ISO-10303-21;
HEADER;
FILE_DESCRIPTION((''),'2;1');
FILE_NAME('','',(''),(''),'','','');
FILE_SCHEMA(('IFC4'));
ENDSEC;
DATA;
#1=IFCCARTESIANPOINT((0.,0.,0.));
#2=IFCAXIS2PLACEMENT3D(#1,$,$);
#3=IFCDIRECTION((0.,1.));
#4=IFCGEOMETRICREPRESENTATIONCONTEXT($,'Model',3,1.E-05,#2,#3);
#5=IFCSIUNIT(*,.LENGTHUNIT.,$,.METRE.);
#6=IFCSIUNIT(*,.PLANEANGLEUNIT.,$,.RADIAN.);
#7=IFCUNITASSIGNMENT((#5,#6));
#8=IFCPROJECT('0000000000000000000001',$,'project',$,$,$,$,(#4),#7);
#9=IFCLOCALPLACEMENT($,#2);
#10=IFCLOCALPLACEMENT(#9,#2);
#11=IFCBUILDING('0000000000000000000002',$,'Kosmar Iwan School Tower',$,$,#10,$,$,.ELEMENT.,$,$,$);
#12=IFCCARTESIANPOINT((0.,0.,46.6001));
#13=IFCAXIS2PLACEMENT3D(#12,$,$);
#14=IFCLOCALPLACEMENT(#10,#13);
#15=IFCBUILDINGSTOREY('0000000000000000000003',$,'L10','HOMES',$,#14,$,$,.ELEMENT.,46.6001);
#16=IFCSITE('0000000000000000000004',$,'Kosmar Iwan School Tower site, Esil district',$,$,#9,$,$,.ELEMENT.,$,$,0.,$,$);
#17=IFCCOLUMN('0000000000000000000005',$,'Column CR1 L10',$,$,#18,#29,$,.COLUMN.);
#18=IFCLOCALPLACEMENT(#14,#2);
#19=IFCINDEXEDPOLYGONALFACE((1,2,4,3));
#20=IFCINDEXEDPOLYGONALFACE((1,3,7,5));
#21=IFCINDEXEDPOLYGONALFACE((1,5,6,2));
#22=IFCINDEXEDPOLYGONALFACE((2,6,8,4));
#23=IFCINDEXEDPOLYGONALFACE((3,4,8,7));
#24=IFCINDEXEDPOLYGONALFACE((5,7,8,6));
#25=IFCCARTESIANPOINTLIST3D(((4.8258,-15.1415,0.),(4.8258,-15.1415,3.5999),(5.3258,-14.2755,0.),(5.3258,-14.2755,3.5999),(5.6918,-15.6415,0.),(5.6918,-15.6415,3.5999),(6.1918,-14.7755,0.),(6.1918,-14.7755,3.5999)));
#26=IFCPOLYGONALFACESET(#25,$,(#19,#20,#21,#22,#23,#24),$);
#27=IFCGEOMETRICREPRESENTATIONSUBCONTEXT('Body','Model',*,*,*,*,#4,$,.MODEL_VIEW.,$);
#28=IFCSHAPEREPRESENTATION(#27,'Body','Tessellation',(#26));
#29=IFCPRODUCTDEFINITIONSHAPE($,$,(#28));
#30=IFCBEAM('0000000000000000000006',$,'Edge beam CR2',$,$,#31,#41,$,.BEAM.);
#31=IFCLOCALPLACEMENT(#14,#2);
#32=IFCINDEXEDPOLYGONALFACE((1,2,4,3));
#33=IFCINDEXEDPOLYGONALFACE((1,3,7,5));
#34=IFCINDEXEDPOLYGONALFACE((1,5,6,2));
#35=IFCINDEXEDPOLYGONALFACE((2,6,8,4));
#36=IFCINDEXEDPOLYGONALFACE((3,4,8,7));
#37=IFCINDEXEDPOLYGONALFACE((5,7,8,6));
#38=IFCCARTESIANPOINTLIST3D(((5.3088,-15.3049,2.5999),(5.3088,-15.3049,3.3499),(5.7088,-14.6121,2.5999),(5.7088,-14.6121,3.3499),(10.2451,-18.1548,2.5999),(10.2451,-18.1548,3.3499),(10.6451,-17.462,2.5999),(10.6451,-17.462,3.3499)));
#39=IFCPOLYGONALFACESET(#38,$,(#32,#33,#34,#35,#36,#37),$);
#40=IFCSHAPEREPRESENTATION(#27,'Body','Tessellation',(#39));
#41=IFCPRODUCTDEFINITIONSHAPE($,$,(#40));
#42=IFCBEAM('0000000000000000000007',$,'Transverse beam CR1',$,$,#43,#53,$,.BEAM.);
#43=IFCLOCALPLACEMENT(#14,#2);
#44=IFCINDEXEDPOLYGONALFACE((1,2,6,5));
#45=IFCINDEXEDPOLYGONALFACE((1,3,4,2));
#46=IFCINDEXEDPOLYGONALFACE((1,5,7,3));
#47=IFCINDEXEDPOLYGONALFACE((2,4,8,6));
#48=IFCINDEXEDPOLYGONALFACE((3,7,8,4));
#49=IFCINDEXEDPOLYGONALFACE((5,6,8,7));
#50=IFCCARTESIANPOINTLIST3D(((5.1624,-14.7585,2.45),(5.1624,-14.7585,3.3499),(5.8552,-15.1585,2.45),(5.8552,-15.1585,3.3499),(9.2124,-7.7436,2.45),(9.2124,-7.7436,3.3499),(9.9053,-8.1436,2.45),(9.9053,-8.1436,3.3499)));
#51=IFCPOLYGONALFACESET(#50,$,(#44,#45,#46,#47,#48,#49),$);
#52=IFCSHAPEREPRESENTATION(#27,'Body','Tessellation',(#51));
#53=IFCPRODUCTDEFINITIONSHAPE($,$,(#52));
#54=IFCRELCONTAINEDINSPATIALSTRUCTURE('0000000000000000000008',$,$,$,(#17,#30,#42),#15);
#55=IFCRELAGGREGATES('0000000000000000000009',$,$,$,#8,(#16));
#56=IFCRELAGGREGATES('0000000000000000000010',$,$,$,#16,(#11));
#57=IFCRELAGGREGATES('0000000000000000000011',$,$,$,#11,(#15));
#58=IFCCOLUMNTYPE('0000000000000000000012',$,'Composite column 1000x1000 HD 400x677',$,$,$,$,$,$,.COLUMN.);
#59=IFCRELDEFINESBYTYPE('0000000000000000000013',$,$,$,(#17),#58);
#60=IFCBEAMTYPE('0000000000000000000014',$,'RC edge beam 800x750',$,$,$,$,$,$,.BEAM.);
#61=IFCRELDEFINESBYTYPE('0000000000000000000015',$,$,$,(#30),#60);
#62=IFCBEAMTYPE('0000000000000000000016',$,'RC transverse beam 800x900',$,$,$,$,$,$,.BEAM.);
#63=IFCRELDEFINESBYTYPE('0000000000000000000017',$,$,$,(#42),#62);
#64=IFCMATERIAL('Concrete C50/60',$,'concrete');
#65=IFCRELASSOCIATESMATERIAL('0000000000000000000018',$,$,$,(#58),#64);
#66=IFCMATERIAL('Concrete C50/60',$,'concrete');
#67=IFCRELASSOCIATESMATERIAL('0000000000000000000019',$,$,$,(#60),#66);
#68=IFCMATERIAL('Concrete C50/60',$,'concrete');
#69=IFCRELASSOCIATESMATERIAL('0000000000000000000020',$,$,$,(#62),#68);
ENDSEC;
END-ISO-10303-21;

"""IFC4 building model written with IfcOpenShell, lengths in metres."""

from ifc_helpers import new_model, si_unit, direction, frame, origin, origin_2d, place, context, subcontext, project, spatial, rectangle, extrude, material, material_profile, profile_set, type_object, element, save


model = new_model("IFC4")

# Units and contexts
model_context = context("Model", 3, precision=1e-05, world=origin(), true_north=direction((0.0, 1.0)))
body_context = subcontext(model_context, "Body", "Model", "MODEL_VIEW")
ifc_project = project(units=[si_unit("LENGTHUNIT", "METRE"), si_unit("PLANEANGLEUNIT", "RADIAN")], contexts=[model_context])

# Site, building, storey
site_placement = place(None, origin())
site = spatial("IfcSite", under=ifc_project, at=site_placement, Name="Kosmar Iwan School Tower site, Esil district", CompositionType="ELEMENT", RefElevation=0.0)
building_placement = place(site_placement, origin())
building = spatial("IfcBuilding", under=site, at=building_placement, Name="Kosmar Iwan School Tower", CompositionType="ELEMENT")
storey_placement = place(building_placement, frame((0.0, 0.0, 46.6001)))
storey = spatial("IfcBuildingStorey", under=building, at=storey_placement, Name="L10", Description="HOMES", CompositionType="ELEMENT", Elevation=46.6001)

# Column
ifc_material_1 = material(Name="Concrete C50/60", Category="concrete")
ifc_material_profile_1 = material_profile(ifc_material_1, rectangle(XDim=1.0, YDim=1.0, at=origin_2d()), Name="RC 1000x1000 + HD 400x677")
ifc_profile_set_1 = profile_set([ifc_material_profile_1], Name="Concrete C50/60")
column_type = type_object("IfcColumnType", Name="Composite column 1000x1000 HD 400x677", PredefinedType="COLUMN", material=ifc_profile_set_1)
column_placement = place(storey_placement, frame((5.5088, -14.9585, 0.0), z_axis=(0.0, 0.0, 1.0), x_axis=(0.866025, -0.5, 0.0)))
element("IfcColumn", 1, at=column_placement, inside=storey, type_object=column_type, Name="Column CR1 L10", PredefinedType="COLUMN", context=body_context, shape_type="SweptSolid", body=[
    extrude(rectangle(XDim=1.0, YDim=1.0, at=origin_2d()), origin(), (0.0, 0.0, 1.0), 3.5999),
])

# Beams
ifc_material_2 = material(Name="Concrete C50/60", Category="concrete")
ifc_material_profile_2 = material_profile(ifc_material_2, rectangle(XDim=0.8, YDim=0.75, at=origin_2d()), Name="RC 800x750")
ifc_profile_set_2 = profile_set([ifc_material_profile_2], Name="Concrete C50/60")
beam_type_1 = type_object("IfcBeamType", Name="RC edge beam 800x750", PredefinedType="BEAM", material=ifc_profile_set_2)
beam_1_placement = place(storey_placement, frame((5.5088, -14.9585, 2.9749), z_axis=(0.866034, -0.499986, 0.0), x_axis=(0.499986, 0.866034, 0.0)))
element("IfcBeam", 2, at=beam_1_placement, inside=storey, type_object=beam_type_1, Name="Edge beam CR2", PredefinedType="BEAM", context=body_context, shape_type="SweptSolid", body=[
    extrude(rectangle(XDim=0.8, YDim=0.75, at=origin_2d()), origin(), (0.0, 0.0, 1.0), 5.7),
])
ifc_material_3 = material(Name="Concrete C50/60", Category="concrete")
ifc_material_profile_3 = material_profile(ifc_material_3, rectangle(XDim=0.8, YDim=0.8999, at=origin_2d()), Name="RC 800x900")
ifc_profile_set_3 = profile_set([ifc_material_profile_3], Name="Concrete C50/60")
beam_type_2 = type_object("IfcBeamType", Name="RC transverse beam 800x900", PredefinedType="BEAM", material=ifc_profile_set_3)
beam_2_placement = place(storey_placement, frame((5.5088, -14.9585, 2.8999), z_axis=(0.5, 0.866025, 0.0), x_axis=(-0.866025, 0.5, 0.0)))
element("IfcBeam", 3, at=beam_2_placement, inside=storey, type_object=beam_type_2, Name="Transverse beam CR1", PredefinedType="BEAM", context=body_context, shape_type="SweptSolid", body=[
    extrude(rectangle(XDim=0.8, YDim=0.8999, at=origin_2d()), origin(), (0.0, 0.0, 1.0), 8.1001),
])

save(model, "model.ifc")
